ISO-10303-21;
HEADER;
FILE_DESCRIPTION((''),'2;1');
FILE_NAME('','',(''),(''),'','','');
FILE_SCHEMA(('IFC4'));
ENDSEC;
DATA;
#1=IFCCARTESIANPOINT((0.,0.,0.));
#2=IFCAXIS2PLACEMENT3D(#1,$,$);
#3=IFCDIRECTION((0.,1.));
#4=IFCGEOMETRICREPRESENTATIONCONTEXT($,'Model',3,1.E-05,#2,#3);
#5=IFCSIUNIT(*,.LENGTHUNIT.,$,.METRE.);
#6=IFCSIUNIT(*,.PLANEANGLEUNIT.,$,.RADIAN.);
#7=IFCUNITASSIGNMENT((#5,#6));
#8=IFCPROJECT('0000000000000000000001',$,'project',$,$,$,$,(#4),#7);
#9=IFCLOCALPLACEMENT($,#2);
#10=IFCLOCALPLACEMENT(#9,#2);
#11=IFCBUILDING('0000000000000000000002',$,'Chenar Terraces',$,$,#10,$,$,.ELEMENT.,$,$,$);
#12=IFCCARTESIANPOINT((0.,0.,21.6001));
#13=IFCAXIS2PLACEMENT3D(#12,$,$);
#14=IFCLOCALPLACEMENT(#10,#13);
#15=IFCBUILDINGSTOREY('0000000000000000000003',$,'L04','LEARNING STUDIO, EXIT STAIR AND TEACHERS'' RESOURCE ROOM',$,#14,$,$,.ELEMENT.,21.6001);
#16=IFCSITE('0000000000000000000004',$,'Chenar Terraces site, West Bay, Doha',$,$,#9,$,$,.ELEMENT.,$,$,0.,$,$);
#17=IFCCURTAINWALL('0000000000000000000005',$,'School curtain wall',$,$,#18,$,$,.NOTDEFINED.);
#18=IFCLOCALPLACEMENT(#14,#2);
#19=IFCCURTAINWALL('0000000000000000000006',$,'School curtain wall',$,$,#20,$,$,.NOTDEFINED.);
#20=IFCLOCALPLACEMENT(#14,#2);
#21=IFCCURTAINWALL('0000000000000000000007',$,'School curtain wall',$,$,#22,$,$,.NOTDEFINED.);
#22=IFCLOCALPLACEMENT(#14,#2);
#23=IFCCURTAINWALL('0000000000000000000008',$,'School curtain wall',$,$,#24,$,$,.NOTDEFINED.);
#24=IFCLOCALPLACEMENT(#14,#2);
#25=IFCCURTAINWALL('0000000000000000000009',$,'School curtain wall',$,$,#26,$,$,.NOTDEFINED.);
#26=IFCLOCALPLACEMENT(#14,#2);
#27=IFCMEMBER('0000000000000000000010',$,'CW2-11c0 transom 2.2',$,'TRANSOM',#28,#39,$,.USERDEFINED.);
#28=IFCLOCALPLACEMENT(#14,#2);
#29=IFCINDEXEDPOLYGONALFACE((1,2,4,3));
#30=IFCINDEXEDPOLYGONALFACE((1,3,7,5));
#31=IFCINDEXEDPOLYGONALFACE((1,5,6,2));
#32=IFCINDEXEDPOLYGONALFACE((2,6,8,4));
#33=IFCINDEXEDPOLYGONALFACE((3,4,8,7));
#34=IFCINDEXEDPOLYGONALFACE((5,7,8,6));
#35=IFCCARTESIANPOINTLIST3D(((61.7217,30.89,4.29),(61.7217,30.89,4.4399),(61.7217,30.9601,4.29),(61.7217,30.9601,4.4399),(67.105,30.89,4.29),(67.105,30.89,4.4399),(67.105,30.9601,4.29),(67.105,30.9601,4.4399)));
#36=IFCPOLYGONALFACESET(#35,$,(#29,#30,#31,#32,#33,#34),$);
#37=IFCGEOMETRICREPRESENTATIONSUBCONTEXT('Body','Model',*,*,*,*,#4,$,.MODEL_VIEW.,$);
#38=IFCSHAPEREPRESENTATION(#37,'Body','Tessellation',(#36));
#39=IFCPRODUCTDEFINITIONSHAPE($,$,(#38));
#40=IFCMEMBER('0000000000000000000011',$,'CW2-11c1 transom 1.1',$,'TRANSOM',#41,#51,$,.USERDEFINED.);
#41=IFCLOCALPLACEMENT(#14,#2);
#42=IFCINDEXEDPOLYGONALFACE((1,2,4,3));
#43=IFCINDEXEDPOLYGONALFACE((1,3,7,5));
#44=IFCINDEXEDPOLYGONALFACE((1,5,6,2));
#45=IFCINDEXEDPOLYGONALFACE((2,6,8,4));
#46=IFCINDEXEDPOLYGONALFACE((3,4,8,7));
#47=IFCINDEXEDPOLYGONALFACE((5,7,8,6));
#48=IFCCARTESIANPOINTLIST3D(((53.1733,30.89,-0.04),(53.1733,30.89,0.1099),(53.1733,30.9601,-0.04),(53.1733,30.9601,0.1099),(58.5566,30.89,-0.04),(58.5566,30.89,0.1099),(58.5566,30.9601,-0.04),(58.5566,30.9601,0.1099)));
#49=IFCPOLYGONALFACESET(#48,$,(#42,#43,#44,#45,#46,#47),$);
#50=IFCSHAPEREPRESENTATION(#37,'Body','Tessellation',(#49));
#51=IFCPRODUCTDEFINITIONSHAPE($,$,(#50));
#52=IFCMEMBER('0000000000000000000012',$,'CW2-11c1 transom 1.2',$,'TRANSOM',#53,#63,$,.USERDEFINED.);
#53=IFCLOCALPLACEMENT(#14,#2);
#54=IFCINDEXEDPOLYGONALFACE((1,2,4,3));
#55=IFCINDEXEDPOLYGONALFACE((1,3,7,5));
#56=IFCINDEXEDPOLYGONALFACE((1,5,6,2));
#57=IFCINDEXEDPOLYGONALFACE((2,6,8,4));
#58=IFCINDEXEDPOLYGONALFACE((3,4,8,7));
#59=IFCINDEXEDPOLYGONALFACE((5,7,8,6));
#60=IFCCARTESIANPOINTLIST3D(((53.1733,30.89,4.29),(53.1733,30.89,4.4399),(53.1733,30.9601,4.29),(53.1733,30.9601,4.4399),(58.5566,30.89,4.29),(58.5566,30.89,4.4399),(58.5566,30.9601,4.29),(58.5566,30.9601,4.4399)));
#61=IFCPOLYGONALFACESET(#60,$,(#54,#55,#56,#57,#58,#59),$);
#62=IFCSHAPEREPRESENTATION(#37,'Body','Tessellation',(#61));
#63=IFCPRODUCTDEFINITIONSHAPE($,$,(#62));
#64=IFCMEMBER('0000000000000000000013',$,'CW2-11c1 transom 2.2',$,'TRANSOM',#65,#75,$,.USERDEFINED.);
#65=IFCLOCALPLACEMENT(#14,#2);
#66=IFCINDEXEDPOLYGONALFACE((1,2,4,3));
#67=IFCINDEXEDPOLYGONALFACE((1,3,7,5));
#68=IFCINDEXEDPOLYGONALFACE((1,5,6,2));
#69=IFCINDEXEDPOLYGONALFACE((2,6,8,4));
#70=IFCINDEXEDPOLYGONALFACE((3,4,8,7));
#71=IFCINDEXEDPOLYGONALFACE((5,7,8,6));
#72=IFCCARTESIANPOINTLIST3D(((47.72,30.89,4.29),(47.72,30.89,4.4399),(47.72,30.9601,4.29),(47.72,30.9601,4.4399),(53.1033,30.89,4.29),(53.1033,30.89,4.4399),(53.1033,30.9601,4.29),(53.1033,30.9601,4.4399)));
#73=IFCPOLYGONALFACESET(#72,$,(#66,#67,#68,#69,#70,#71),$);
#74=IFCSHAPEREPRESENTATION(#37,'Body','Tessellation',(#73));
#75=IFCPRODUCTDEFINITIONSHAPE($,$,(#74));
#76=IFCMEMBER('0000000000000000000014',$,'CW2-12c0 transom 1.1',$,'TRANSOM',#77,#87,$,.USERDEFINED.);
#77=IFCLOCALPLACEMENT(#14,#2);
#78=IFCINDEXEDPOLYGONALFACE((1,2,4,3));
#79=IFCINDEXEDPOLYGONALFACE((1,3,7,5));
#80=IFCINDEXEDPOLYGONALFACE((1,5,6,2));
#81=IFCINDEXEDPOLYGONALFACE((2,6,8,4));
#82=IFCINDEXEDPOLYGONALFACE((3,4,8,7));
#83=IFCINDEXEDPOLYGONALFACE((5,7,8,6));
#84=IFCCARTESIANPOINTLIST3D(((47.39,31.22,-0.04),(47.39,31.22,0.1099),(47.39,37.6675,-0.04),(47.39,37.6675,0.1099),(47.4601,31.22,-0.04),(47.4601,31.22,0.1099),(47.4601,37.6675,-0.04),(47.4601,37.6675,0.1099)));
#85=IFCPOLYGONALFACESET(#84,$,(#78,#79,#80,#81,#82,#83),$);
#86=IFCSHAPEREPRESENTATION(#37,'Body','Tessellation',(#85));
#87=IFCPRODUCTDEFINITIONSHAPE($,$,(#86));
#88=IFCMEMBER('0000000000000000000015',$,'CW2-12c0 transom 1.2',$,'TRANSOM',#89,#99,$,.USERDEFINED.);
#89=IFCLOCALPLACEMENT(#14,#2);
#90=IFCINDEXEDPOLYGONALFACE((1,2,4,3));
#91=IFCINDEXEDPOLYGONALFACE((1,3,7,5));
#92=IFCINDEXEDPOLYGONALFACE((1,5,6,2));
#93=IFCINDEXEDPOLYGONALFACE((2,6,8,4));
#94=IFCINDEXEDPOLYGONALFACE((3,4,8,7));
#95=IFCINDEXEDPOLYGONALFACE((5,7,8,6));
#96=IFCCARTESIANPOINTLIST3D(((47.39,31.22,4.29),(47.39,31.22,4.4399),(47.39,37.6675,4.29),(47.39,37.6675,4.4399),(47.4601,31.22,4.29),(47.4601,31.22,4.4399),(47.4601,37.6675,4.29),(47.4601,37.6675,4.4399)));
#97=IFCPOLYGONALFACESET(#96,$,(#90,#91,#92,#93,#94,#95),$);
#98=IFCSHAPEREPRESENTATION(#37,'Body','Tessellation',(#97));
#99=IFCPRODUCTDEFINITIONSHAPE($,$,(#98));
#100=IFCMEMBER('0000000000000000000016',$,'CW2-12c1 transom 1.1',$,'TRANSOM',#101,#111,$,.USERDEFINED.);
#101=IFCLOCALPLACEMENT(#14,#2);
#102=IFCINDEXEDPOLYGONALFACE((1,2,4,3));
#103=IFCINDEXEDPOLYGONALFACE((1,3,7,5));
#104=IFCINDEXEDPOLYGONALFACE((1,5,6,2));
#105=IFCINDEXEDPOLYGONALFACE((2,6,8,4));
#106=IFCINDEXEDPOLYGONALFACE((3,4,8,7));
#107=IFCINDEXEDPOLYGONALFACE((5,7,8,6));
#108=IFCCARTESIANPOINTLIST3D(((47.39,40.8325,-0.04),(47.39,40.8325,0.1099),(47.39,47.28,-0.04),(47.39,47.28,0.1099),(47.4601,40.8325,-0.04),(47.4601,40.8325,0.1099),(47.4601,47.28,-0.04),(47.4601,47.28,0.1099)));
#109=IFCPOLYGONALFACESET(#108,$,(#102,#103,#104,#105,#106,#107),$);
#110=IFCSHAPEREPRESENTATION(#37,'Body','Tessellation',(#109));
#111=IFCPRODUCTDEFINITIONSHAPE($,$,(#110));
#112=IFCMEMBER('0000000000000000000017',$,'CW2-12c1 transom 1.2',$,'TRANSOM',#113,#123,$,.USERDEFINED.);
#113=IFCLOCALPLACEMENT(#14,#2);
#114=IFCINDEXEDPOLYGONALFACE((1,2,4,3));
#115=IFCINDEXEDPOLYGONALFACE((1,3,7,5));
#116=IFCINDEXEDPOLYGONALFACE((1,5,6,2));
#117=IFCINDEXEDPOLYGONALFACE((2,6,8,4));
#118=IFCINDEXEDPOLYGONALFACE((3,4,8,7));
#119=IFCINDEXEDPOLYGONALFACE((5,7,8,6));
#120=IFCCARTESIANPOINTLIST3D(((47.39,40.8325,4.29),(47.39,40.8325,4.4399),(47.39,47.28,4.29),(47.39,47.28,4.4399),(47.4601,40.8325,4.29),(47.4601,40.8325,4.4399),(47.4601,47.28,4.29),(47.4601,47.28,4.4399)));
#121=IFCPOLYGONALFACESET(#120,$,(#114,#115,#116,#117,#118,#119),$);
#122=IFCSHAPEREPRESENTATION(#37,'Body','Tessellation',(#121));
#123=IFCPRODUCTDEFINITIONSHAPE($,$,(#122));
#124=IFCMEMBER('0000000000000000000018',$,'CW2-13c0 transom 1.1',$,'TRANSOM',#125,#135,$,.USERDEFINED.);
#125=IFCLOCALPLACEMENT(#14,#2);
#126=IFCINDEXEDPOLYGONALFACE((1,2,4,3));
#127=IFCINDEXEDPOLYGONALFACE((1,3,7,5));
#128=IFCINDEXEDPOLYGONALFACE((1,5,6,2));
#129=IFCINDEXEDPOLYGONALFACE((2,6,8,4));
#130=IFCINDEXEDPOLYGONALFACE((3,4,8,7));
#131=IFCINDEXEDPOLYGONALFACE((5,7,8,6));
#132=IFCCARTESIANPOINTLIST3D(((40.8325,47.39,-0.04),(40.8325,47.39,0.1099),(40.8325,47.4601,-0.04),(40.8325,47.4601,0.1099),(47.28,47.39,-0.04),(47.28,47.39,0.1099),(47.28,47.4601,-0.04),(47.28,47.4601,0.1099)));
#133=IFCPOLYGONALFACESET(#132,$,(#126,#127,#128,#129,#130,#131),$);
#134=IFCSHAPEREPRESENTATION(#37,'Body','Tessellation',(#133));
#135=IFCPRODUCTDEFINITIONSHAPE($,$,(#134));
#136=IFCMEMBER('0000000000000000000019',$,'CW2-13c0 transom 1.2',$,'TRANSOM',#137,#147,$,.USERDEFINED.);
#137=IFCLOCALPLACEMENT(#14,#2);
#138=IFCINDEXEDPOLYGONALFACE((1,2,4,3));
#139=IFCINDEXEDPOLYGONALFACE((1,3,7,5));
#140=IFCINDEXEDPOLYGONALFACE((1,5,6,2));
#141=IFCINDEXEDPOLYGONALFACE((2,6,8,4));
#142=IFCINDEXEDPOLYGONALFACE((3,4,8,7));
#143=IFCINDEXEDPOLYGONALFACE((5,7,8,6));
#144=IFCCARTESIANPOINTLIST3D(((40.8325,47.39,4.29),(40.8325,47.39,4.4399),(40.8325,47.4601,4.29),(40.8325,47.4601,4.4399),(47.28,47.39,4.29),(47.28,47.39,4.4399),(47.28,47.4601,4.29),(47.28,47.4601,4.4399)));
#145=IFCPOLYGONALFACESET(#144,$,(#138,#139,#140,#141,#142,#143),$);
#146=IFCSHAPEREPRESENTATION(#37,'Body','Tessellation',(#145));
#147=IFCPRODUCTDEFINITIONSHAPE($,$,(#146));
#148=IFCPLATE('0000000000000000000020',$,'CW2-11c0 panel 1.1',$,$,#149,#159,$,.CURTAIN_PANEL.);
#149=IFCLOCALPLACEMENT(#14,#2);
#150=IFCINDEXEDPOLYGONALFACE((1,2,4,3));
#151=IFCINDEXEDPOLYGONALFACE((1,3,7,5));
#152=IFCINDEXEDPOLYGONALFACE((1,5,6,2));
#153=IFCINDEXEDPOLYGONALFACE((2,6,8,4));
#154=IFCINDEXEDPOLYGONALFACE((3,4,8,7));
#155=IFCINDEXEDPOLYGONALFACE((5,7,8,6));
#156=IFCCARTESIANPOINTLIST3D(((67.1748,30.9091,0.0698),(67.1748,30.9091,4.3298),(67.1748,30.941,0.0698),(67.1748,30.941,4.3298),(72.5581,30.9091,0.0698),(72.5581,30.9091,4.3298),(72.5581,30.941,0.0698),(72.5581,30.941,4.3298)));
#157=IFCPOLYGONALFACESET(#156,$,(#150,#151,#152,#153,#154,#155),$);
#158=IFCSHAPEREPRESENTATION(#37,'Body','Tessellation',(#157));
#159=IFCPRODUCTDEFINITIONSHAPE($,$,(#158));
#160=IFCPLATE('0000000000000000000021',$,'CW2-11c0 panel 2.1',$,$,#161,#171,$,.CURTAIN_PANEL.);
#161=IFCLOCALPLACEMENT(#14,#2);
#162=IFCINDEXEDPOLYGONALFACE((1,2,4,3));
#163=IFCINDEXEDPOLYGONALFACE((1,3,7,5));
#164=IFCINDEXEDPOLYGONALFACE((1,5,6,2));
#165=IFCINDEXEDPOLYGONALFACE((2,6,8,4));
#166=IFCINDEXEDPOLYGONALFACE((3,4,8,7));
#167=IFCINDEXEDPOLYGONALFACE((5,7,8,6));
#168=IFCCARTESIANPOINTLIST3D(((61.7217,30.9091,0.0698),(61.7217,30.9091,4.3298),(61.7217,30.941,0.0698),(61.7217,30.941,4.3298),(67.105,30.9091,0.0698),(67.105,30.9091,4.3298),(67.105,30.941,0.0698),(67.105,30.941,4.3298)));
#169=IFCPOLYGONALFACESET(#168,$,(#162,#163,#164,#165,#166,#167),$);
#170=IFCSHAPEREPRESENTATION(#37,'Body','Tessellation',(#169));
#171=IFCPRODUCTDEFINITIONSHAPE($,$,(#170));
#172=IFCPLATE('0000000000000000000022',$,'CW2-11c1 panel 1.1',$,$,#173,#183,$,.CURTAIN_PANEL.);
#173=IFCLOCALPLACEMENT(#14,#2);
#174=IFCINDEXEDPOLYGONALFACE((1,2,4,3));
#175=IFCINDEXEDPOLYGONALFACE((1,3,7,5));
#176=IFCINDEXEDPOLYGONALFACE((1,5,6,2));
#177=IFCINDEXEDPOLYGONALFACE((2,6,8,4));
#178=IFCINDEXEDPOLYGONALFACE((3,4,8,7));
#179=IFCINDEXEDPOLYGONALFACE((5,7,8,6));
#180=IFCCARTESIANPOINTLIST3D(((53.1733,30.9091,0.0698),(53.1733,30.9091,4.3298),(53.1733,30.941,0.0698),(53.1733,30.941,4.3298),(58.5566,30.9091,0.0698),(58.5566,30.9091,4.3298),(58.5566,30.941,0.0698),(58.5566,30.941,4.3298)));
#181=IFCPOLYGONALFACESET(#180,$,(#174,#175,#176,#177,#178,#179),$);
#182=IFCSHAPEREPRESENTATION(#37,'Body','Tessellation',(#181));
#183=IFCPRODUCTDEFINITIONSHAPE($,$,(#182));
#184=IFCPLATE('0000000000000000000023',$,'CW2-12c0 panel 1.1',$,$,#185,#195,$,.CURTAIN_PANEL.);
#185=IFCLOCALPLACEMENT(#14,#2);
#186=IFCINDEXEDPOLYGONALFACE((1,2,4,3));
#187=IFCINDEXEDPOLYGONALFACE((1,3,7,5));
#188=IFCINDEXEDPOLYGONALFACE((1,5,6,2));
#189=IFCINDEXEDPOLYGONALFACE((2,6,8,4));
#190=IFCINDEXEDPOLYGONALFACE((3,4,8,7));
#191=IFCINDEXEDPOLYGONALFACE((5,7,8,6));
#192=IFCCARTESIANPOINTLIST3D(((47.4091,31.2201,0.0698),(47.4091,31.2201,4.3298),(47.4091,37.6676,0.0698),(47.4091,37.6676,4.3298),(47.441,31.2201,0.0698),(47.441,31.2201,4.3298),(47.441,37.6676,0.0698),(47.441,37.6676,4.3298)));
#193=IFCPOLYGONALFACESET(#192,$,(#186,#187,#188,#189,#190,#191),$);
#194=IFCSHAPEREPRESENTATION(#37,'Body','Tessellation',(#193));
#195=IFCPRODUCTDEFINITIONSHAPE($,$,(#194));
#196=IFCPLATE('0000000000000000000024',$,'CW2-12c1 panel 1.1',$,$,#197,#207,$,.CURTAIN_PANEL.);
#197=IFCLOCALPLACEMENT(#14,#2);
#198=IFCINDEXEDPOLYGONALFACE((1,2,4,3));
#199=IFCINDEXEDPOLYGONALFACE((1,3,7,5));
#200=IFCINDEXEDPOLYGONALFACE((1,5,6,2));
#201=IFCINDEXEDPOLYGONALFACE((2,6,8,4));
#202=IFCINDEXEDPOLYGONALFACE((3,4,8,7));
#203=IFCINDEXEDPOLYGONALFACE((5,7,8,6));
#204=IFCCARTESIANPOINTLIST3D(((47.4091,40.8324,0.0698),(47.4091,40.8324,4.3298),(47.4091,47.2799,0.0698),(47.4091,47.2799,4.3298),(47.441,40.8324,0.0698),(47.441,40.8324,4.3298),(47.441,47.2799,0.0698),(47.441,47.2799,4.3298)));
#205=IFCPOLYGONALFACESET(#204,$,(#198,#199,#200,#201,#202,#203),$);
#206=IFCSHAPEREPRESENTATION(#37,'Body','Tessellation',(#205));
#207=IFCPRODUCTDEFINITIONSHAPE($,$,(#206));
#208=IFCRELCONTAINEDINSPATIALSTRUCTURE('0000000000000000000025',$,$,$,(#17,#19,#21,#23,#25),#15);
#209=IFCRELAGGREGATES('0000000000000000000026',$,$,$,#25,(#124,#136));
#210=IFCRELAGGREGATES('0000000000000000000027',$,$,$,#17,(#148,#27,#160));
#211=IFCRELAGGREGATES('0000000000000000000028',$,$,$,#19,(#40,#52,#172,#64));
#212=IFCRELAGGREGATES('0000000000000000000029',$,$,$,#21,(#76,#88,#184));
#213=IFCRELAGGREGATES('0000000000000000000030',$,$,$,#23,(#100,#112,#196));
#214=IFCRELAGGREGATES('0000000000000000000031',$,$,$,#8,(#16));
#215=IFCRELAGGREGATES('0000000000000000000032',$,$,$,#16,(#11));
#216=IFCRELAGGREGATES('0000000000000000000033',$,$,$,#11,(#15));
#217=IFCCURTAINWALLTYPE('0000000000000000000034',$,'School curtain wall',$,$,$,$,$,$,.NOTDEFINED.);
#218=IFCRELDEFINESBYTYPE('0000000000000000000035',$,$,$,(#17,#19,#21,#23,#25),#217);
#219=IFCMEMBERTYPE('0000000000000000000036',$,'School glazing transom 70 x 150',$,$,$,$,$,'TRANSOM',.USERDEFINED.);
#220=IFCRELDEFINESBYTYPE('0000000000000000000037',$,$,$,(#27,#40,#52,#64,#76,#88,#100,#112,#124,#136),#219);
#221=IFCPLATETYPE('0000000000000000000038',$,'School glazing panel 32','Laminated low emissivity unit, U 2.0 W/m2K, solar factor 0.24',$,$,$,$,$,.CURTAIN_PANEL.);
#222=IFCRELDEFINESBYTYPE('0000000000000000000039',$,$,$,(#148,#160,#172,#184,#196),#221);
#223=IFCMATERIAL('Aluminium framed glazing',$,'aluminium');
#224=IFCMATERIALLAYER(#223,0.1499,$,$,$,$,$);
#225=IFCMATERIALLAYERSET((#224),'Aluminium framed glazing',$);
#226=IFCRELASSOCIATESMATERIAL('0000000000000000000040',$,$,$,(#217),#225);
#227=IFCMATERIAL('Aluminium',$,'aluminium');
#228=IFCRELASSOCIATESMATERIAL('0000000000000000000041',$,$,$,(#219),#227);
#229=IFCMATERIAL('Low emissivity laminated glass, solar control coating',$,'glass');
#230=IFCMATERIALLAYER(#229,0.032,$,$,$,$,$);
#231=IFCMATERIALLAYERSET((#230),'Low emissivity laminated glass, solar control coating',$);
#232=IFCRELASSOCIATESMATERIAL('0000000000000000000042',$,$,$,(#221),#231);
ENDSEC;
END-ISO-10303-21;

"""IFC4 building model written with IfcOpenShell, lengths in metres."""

from ifc_helpers import new_model, si_unit, direction, frame, origin, origin_2d, place, context, subcontext, project, spatial, rectangle, extrude, material, layer, layer_set, material_profile, profile_set, type_object, element, aggregate, save


model = new_model("IFC4")

# Units and contexts
model_context = context("Model", 3, precision=1e-05, world=origin(), true_north=direction((0.0, 1.0)))
body_context = subcontext(model_context, "Body", "Model", "MODEL_VIEW")
ifc_project = project(units=[si_unit("LENGTHUNIT", "METRE"), si_unit("PLANEANGLEUNIT", "RADIAN")], contexts=[model_context])

# Site, building, storey
site_placement = place(None, origin())
site = spatial("IfcSite", under=ifc_project, at=site_placement, Name="Chenar Terraces site, West Bay, Doha", CompositionType="ELEMENT", RefElevation=0.0)
building_placement = place(site_placement, origin())
building = spatial("IfcBuilding", under=site, at=building_placement, Name="Chenar Terraces", CompositionType="ELEMENT")
storey_placement = place(building_placement, frame((0.0, 0.0, 21.6001)))
storey = spatial("IfcBuildingStorey", under=building, at=storey_placement, Name="L04", Description="LEARNING STUDIO, EXIT STAIR AND TEACHERS' RESOURCE ROOM", CompositionType="ELEMENT", Elevation=21.6001)

# Curtain walls
ifc_material_1 = material(Name="Aluminium framed glazing", Category="aluminium")
ifc_layer_1 = layer(ifc_material_1, 0.1499)
ifc_layer_set_1 = layer_set([ifc_layer_1], Name="Aluminium framed glazing")
curtain_wall_type = type_object("IfcCurtainWallType", Name="School curtain wall", PredefinedType="NOTDEFINED", material=ifc_layer_set_1)
placement = place(storey_placement, origin())
curtain_wall_1 = element("IfcCurtainWall", 1, at=placement, inside=storey, type_object=curtain_wall_type, Name="School curtain wall", PredefinedType="NOTDEFINED")
curtain_wall_2 = element("IfcCurtainWall", 2, at=placement, inside=storey, type_object=curtain_wall_type, Name="School curtain wall", PredefinedType="NOTDEFINED")
curtain_wall_3 = element("IfcCurtainWall", 3, at=placement, inside=storey, type_object=curtain_wall_type, Name="School curtain wall", PredefinedType="NOTDEFINED")
curtain_wall_4 = element("IfcCurtainWall", 4, at=placement, inside=storey, type_object=curtain_wall_type, Name="School curtain wall", PredefinedType="NOTDEFINED")

# Curtain wall
curtain_wall_5 = element("IfcCurtainWall", 5, at=placement, inside=storey, type_object=curtain_wall_type, Name="School curtain wall", PredefinedType="NOTDEFINED")

# Members
ifc_material_2 = material(Name="Aluminium", Category="aluminium")
ifc_material_profile_1 = material_profile(ifc_material_2, rectangle(XDim=0.0701, YDim=0.1499, at=origin_2d()), Name="School glazing transom 70 x 150")
ifc_profile_set_1 = profile_set([ifc_material_profile_1], Name="Aluminium")
member_type_1 = type_object("IfcMemberType", Name="School glazing transom 70 x 150", ElementType="TRANSOM", PredefinedType="USERDEFINED", material=ifc_profile_set_1)
member_1_placement = place(storey_placement, frame((67.105, 30.925, 4.365), z_axis=(-1.0, 0.0, 0.0), x_axis=(0.0, -1.0, 0.0)))
member_1 = element("IfcMember", 6, at=member_1_placement, type_object=member_type_1, Name="CW2-11c0 transom 2.2", ObjectType="TRANSOM", PredefinedType="USERDEFINED", context=body_context, shape_type="SweptSolid", body=[
    extrude(rectangle(XDim=0.0701, YDim=0.1499, at=origin_2d()), origin(), (0.0, 0.0, 1.0), 5.3833),
])
member_2_placement = place(storey_placement, frame((58.5566, 30.925, 0.0349), z_axis=(-1.0, 0.0, 0.0), x_axis=(0.0, -1.0, 0.0)))
member_2 = element("IfcMember", 7, at=member_2_placement, type_object=member_type_1, Name="CW2-11c1 transom 1.1", ObjectType="TRANSOM", PredefinedType="USERDEFINED", context=body_context, shape_type="SweptSolid", body=[
    extrude(rectangle(XDim=0.0701, YDim=0.1499, at=origin_2d()), origin(), (0.0, 0.0, 1.0), 5.3833),
])
member_3_placement = place(storey_placement, frame((58.5566, 30.925, 4.365), z_axis=(-1.0, 0.0, 0.0), x_axis=(0.0, -1.0, 0.0)))
member_3 = element("IfcMember", 8, at=member_3_placement, type_object=member_type_1, Name="CW2-11c1 transom 1.2", ObjectType="TRANSOM", PredefinedType="USERDEFINED", context=body_context, shape_type="SweptSolid", body=[
    extrude(rectangle(XDim=0.0701, YDim=0.1499, at=origin_2d()), origin(), (0.0, 0.0, 1.0), 5.3833),
])
member_4_placement = place(storey_placement, frame((53.1033, 30.925, 4.365), z_axis=(-1.0, 0.0, 0.0), x_axis=(0.0, -1.0, 0.0)))
member_4 = element("IfcMember", 9, at=member_4_placement, type_object=member_type_1, Name="CW2-11c1 transom 2.2", ObjectType="TRANSOM", PredefinedType="USERDEFINED", context=body_context, shape_type="SweptSolid", body=[
    extrude(rectangle(XDim=0.0701, YDim=0.1499, at=origin_2d()), origin(), (0.0, 0.0, 1.0), 5.3833),
])
member_5_placement = place(storey_placement, frame((47.425, 31.22, 0.0349), z_axis=(0.0, 1.0, 0.0), x_axis=(-1.0, 0.0, 0.0)))
member_5 = element("IfcMember", 10, at=member_5_placement, type_object=member_type_1, Name="CW2-12c0 transom 1.1", ObjectType="TRANSOM", PredefinedType="USERDEFINED", context=body_context, shape_type="SweptSolid", body=[
    extrude(rectangle(XDim=0.0701, YDim=0.1499, at=origin_2d()), origin(), (0.0, 0.0, 1.0), 6.4475),
])
member_6_placement = place(storey_placement, frame((47.425, 31.22, 4.365), z_axis=(0.0, 1.0, 0.0), x_axis=(-1.0, 0.0, 0.0)))
member_6 = element("IfcMember", 11, at=member_6_placement, type_object=member_type_1, Name="CW2-12c0 transom 1.2", ObjectType="TRANSOM", PredefinedType="USERDEFINED", context=body_context, shape_type="SweptSolid", body=[
    extrude(rectangle(XDim=0.0701, YDim=0.1499, at=origin_2d()), origin(), (0.0, 0.0, 1.0), 6.4475),
])
member_7_placement = place(storey_placement, frame((47.425, 40.8325, 0.0349), z_axis=(0.0, 1.0, 0.0), x_axis=(-1.0, 0.0, 0.0)))
member_7 = element("IfcMember", 12, at=member_7_placement, type_object=member_type_1, Name="CW2-12c1 transom 1.1", ObjectType="TRANSOM", PredefinedType="USERDEFINED", context=body_context, shape_type="SweptSolid", body=[
    extrude(rectangle(XDim=0.0701, YDim=0.1499, at=origin_2d()), origin(), (0.0, 0.0, 1.0), 6.4475),
])
member_8_placement = place(storey_placement, frame((47.425, 40.8325, 4.365), z_axis=(0.0, 1.0, 0.0), x_axis=(-1.0, 0.0, 0.0)))
member_8 = element("IfcMember", 13, at=member_8_placement, type_object=member_type_1, Name="CW2-12c1 transom 1.2", ObjectType="TRANSOM", PredefinedType="USERDEFINED", context=body_context, shape_type="SweptSolid", body=[
    extrude(rectangle(XDim=0.0701, YDim=0.1499, at=origin_2d()), origin(), (0.0, 0.0, 1.0), 6.4475),
])
member_9_placement = place(storey_placement, frame((47.28, 47.425, 0.0349), z_axis=(-1.0, 0.0, 0.0), x_axis=(0.0, -1.0, 0.0)))
member_9 = element("IfcMember", 14, at=member_9_placement, type_object=member_type_1, Name="CW2-13c0 transom 1.1", ObjectType="TRANSOM", PredefinedType="USERDEFINED", context=body_context, shape_type="SweptSolid", body=[
    extrude(rectangle(XDim=0.0701, YDim=0.1499, at=origin_2d()), origin(), (0.0, 0.0, 1.0), 6.4475),
])
member_10_placement = place(storey_placement, frame((47.28, 47.425, 4.365), z_axis=(-1.0, 0.0, 0.0), x_axis=(0.0, -1.0, 0.0)))
member_10 = element("IfcMember", 15, at=member_10_placement, type_object=member_type_1, Name="CW2-13c0 transom 1.2", ObjectType="TRANSOM", PredefinedType="USERDEFINED", context=body_context, shape_type="SweptSolid", body=[
    extrude(rectangle(XDim=0.0701, YDim=0.1499, at=origin_2d()), origin(), (0.0, 0.0, 1.0), 6.4475),
])
aggregate(curtain_wall_5, [member_9, member_10])

# Plates
ifc_material_3 = material(Name="Low emissivity laminated glass, solar control coating", Category="glass")
ifc_layer_2 = layer(ifc_material_3, 0.032)
ifc_layer_set_2 = layer_set([ifc_layer_2], Name="Low emissivity laminated glass, solar control coating")
plate_type = type_object("IfcPlateType", Name="School glazing panel 32", Description="Laminated low emissivity unit, U 2.0 W/m2K, solar factor 0.24", PredefinedType="CURTAIN_PANEL", material=ifc_layer_set_2)
plate_1_placement = place(storey_placement, frame((69.8665, 30.925, 0.0698), z_axis=(0.0, 0.0, 1.0), x_axis=(-1.0, 0.0, 0.0)))
plate_1 = element("IfcPlate", 16, at=plate_1_placement, type_object=plate_type, Name="CW2-11c0 panel 1.1", PredefinedType="CURTAIN_PANEL", context=body_context, shape_type="SweptSolid", body=[
    extrude(rectangle(XDim=5.3833, YDim=0.032, at=origin_2d()), origin(), (0.0, 0.0, 1.0), 4.26),
])
plate_2_placement = place(storey_placement, frame((64.4133, 30.925, 0.0698), z_axis=(0.0, 0.0, 1.0), x_axis=(-1.0, 0.0, 0.0)))
plate_2 = element("IfcPlate", 17, at=plate_2_placement, type_object=plate_type, Name="CW2-11c0 panel 2.1", PredefinedType="CURTAIN_PANEL", context=body_context, shape_type="SweptSolid", body=[
    extrude(rectangle(XDim=5.3833, YDim=0.032, at=origin_2d()), origin(), (0.0, 0.0, 1.0), 4.26),
])
aggregate(curtain_wall_1, [plate_1, member_1, plate_2])
plate_3_placement = place(storey_placement, frame((55.865, 30.925, 0.0698), z_axis=(0.0, 0.0, 1.0), x_axis=(-1.0, 0.0, 0.0)))
plate_3 = element("IfcPlate", 18, at=plate_3_placement, type_object=plate_type, Name="CW2-11c1 panel 1.1", PredefinedType="CURTAIN_PANEL", context=body_context, shape_type="SweptSolid", body=[
    extrude(rectangle(XDim=5.3833, YDim=0.032, at=origin_2d()), origin(), (0.0, 0.0, 1.0), 4.26),
])
aggregate(curtain_wall_2, [member_2, member_3, plate_3, member_4])
plate_4_placement = place(storey_placement, frame((47.425, 34.4438, 0.0698), z_axis=(0.0, 0.0, 1.0), x_axis=(0.0, 1.0, 0.0)))
plate_4 = element("IfcPlate", 19, at=plate_4_placement, type_object=plate_type, Name="CW2-12c0 panel 1.1", PredefinedType="CURTAIN_PANEL", context=body_context, shape_type="SweptSolid", body=[
    extrude(rectangle(XDim=6.4475, YDim=0.032, at=origin_2d()), origin(), (0.0, 0.0, 1.0), 4.26),
])
aggregate(curtain_wall_3, [member_5, member_6, plate_4])
plate_5_placement = place(storey_placement, frame((47.425, 44.0562, 0.0698), z_axis=(0.0, 0.0, 1.0), x_axis=(0.0, 1.0, 0.0)))
plate_5 = element("IfcPlate", 20, at=plate_5_placement, type_object=plate_type, Name="CW2-12c1 panel 1.1", PredefinedType="CURTAIN_PANEL", context=body_context, shape_type="SweptSolid", body=[
    extrude(rectangle(XDim=6.4475, YDim=0.032, at=origin_2d()), origin(), (0.0, 0.0, 1.0), 4.26),
])
aggregate(curtain_wall_4, [member_7, member_8, plate_5])

save(model, "model.ifc")
